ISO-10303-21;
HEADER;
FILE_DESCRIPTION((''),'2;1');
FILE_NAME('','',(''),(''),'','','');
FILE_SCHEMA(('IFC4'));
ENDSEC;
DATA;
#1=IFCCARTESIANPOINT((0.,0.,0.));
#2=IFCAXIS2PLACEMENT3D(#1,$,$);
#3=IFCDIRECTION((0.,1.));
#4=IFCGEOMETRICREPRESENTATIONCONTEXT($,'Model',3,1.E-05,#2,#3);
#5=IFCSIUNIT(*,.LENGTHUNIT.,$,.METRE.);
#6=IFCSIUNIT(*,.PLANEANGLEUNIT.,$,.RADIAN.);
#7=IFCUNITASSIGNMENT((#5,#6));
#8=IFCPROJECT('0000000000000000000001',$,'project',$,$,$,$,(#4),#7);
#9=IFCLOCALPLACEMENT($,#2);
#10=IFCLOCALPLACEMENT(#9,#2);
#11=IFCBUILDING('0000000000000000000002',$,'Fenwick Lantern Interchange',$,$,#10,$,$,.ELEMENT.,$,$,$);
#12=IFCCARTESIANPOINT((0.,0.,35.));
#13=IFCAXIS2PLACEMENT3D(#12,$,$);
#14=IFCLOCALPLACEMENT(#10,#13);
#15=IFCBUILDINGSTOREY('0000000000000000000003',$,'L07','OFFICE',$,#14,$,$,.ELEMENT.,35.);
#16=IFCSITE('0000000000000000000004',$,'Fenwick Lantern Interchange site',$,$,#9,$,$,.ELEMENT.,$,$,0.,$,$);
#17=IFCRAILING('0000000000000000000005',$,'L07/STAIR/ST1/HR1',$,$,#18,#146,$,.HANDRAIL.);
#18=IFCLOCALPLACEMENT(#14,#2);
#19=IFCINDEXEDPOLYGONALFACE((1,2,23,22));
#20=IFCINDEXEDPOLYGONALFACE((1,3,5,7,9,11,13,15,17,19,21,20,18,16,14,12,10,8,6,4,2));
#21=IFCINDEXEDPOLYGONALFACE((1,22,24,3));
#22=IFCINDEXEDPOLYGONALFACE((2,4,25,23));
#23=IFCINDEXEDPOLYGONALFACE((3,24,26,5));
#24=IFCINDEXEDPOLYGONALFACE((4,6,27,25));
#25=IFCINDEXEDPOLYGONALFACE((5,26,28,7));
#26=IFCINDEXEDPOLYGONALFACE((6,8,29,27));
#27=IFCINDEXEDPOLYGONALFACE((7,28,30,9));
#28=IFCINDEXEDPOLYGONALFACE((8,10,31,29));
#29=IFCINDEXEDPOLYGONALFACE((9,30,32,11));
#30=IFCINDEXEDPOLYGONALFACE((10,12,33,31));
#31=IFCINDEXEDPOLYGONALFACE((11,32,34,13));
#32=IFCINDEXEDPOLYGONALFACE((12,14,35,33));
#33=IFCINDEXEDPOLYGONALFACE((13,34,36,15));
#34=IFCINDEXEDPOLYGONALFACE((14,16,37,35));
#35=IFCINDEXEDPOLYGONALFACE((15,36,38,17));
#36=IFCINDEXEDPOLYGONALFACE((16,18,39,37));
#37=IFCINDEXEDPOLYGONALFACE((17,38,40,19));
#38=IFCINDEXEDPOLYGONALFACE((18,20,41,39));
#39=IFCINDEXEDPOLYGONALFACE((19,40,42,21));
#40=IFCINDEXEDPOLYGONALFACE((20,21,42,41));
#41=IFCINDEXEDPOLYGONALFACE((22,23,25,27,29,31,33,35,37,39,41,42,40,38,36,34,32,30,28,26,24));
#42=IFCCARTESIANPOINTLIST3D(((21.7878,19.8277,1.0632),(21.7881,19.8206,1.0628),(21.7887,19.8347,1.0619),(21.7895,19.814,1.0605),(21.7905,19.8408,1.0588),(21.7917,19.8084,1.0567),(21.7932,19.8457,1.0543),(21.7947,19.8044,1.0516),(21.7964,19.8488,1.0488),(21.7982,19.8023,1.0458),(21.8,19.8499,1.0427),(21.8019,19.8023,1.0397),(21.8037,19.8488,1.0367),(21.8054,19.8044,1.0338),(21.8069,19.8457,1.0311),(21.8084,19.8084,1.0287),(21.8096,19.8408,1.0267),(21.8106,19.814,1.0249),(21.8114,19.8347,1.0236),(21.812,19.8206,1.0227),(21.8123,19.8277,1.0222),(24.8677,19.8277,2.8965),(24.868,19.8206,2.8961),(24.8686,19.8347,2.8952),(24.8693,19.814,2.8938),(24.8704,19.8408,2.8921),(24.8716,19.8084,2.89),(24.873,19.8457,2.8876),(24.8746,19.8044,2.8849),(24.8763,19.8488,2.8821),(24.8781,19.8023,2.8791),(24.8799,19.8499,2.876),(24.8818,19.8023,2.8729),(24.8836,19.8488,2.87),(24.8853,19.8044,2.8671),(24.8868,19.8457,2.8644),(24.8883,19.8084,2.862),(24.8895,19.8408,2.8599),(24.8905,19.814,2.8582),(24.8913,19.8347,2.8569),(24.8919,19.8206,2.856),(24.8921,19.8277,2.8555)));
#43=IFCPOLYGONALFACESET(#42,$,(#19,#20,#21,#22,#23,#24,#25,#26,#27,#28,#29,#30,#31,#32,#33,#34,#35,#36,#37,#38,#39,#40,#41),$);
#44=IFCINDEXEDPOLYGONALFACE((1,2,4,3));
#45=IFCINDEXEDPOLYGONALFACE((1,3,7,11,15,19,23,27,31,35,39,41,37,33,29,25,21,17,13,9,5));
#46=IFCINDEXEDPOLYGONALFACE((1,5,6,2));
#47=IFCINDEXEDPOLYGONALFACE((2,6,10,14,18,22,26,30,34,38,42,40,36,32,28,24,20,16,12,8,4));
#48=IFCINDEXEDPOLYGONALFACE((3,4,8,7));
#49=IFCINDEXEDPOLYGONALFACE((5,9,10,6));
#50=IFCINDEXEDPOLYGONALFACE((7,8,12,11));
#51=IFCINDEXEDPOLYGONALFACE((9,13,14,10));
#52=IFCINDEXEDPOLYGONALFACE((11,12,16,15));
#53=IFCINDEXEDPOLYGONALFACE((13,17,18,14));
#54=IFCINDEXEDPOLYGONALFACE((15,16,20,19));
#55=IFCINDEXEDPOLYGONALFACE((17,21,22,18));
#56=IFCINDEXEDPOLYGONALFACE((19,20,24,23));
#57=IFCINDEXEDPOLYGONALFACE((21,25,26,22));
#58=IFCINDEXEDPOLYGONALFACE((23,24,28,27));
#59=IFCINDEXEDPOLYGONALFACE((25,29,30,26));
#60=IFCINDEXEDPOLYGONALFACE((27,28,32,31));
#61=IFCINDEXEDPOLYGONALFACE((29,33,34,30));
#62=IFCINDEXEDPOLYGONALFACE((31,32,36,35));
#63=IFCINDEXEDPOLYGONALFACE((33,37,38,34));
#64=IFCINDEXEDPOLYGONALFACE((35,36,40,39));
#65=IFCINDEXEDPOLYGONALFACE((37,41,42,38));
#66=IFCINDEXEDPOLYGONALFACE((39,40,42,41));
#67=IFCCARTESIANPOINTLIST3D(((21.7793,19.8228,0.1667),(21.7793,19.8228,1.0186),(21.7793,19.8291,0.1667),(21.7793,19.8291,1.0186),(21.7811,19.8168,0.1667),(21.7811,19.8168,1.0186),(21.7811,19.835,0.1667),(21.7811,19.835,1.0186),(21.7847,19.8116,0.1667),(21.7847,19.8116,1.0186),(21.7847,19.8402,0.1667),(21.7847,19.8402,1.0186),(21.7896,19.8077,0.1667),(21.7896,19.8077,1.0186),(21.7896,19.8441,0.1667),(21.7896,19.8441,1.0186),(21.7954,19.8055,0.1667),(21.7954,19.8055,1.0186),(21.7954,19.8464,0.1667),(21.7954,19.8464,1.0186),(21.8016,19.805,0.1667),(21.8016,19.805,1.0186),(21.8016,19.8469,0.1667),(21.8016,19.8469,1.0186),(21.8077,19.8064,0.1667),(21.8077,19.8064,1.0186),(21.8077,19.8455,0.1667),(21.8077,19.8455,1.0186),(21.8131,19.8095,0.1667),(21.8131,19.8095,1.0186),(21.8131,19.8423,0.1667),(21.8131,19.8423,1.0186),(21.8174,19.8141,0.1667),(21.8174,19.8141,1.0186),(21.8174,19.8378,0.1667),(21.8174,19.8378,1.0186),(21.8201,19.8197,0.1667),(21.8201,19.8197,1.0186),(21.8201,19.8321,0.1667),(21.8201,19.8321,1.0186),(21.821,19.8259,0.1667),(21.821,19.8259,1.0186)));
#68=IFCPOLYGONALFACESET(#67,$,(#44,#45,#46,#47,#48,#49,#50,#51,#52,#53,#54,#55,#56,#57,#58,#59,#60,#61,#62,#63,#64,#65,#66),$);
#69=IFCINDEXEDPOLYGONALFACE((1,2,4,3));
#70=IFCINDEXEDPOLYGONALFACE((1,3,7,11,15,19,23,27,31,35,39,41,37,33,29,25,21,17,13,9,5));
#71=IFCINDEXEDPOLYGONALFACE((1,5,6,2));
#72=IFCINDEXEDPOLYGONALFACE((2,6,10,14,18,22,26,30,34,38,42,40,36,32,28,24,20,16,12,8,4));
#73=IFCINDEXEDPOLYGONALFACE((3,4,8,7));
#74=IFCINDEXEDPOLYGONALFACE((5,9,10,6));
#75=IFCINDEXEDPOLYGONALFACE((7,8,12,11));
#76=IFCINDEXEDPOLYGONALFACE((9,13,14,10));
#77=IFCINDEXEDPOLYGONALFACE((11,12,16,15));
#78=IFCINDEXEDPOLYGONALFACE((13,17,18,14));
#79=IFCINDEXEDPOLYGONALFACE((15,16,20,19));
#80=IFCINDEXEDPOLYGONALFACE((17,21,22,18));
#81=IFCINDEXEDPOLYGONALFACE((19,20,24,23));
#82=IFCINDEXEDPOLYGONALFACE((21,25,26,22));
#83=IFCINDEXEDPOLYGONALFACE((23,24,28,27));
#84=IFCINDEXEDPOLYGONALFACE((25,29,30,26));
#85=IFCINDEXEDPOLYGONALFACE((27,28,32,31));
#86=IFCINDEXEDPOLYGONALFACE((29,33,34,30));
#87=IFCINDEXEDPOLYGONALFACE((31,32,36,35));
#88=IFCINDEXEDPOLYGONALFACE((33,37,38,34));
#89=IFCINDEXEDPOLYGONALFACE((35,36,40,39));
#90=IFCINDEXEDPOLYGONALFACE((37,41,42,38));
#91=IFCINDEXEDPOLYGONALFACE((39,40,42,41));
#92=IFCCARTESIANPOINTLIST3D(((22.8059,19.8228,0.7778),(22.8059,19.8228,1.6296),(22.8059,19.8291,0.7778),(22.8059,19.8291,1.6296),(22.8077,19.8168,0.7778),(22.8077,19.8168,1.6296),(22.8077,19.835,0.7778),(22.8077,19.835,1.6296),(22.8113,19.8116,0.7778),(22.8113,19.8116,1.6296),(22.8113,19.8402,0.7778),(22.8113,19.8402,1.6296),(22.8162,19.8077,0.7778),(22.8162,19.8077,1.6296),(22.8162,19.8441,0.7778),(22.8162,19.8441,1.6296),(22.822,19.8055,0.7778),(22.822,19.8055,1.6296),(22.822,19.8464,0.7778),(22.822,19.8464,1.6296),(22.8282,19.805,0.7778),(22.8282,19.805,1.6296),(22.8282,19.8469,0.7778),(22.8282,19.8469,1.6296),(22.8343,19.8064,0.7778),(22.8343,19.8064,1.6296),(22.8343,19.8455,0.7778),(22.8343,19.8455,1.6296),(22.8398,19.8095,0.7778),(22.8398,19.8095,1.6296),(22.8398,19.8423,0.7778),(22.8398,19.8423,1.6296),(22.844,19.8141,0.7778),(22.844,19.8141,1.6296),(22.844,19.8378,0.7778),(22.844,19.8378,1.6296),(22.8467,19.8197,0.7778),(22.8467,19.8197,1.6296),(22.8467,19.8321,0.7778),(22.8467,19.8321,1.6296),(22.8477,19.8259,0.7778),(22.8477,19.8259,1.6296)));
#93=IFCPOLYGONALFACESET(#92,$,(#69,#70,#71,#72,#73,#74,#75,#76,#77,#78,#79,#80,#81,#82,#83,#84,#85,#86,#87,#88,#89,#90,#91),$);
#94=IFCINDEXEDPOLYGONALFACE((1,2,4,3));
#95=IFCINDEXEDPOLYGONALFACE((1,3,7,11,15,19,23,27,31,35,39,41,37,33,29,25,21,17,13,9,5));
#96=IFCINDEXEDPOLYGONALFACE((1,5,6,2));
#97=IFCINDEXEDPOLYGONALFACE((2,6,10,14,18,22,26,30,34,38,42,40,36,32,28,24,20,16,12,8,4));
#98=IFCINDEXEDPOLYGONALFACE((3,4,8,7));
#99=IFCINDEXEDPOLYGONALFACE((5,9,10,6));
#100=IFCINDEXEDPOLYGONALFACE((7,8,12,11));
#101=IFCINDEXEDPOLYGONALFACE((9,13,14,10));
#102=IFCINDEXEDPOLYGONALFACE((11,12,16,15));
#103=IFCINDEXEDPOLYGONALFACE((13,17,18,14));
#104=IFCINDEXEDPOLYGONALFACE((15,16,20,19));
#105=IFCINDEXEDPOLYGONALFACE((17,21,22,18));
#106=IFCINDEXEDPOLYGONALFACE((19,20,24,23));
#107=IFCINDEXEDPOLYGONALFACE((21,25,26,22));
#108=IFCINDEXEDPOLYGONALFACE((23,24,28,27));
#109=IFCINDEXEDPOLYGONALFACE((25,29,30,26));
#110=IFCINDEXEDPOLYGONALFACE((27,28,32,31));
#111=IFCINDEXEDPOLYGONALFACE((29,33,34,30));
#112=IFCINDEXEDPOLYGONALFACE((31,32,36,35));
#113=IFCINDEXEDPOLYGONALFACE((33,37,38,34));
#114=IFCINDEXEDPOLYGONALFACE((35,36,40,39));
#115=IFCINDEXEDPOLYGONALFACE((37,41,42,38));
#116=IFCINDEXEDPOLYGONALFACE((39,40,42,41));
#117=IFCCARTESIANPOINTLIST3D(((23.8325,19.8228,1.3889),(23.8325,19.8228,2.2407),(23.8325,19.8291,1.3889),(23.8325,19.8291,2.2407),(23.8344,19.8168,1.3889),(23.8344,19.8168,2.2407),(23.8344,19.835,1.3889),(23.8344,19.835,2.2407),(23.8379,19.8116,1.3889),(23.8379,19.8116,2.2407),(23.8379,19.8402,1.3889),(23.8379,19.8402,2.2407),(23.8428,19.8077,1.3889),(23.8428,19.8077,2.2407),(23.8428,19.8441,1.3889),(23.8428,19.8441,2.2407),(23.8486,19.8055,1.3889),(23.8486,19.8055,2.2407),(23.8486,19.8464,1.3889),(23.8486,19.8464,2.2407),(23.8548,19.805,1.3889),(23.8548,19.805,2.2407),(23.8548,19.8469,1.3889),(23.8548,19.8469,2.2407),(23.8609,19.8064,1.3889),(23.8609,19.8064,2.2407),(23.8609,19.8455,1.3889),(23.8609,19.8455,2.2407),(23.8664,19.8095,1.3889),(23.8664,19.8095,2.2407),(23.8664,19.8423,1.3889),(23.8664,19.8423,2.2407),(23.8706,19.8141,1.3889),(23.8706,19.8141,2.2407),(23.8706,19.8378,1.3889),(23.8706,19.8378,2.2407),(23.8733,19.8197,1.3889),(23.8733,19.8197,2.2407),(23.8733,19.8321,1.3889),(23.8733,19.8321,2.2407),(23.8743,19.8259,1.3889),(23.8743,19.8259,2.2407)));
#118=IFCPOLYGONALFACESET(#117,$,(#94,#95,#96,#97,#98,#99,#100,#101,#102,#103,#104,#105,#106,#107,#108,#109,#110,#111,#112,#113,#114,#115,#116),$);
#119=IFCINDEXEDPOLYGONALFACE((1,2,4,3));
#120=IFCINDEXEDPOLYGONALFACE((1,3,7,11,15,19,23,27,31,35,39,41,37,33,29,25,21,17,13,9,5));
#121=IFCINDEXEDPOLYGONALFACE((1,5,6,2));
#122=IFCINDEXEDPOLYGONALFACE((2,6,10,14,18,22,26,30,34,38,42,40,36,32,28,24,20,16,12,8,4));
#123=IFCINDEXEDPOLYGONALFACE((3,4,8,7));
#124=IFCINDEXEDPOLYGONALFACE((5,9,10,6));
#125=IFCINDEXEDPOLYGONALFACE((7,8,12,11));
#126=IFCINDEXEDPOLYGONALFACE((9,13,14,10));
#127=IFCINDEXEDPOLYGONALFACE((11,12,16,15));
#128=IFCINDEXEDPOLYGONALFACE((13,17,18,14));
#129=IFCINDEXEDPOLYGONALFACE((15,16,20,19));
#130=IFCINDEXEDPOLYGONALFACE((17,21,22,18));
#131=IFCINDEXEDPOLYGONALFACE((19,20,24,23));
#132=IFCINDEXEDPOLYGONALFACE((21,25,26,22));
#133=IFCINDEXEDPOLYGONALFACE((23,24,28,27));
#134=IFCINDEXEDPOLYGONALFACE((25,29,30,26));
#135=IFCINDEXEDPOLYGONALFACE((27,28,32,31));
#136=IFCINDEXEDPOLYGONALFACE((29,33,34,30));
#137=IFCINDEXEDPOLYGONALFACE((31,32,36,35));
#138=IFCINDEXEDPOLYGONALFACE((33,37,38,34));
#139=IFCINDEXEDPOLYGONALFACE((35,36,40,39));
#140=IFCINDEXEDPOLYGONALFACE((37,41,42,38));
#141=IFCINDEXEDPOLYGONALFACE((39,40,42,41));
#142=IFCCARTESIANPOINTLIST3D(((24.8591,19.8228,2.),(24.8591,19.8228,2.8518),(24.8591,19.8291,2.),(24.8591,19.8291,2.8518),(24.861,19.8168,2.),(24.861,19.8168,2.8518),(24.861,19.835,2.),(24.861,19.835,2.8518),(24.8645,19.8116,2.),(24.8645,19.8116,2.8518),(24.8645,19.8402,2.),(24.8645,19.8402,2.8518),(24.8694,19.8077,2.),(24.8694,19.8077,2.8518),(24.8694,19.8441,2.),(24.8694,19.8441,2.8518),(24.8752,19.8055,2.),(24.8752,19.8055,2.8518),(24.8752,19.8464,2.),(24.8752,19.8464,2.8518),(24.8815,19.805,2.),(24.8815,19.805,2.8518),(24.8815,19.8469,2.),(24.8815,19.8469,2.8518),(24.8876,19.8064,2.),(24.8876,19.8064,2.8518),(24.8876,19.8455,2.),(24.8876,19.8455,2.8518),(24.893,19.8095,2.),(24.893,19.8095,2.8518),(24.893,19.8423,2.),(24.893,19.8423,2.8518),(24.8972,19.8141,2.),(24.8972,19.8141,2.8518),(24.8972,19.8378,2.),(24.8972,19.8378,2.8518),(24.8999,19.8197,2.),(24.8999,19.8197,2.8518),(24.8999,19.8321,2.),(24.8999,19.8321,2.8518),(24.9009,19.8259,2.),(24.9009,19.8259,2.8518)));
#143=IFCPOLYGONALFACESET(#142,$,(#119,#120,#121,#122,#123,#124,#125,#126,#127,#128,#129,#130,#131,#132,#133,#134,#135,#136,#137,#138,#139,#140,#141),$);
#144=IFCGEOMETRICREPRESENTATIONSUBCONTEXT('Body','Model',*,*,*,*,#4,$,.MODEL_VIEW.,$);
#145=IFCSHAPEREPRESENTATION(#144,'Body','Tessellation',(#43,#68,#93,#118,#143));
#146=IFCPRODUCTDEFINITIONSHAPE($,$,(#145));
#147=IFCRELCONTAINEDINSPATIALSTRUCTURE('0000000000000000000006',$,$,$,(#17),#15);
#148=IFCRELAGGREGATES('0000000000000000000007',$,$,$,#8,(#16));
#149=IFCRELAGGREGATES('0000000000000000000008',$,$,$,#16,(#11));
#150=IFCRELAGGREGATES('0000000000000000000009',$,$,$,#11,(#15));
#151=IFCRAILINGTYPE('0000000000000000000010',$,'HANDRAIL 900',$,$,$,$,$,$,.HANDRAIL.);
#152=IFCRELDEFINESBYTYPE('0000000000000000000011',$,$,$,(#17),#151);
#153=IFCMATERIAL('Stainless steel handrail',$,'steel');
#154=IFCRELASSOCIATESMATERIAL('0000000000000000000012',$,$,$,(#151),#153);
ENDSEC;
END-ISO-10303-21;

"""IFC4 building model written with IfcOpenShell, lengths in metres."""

from ifc_helpers import new_model, si_unit, direction, frame, origin, origin_2d, place, context, subcontext, project, spatial, circle, extrude, material, type_object, element, save


model = new_model("IFC4")

# Units and contexts
model_context = context("Model", 3, precision=1e-05, world=origin(), true_north=direction((0.0, 1.0)))
body_context = subcontext(model_context, "Body", "Model", "MODEL_VIEW")
ifc_project = project(units=[si_unit("LENGTHUNIT", "METRE"), si_unit("PLANEANGLEUNIT", "RADIAN")], contexts=[model_context])

# Site, building, storey
site_placement = place(None, origin())
site = spatial("IfcSite", under=ifc_project, at=site_placement, Name="Fenwick Lantern Interchange site", CompositionType="ELEMENT", RefElevation=0.0)
building_placement = place(site_placement, origin())
building = spatial("IfcBuilding", under=site, at=building_placement, Name="Fenwick Lantern Interchange", CompositionType="ELEMENT")
storey_placement = place(building_placement, frame((0.0, 0.0, 35.0)))
storey = spatial("IfcBuildingStorey", under=building, at=storey_placement, Name="L07", Description="OFFICE", CompositionType="ELEMENT", Elevation=35.0)

# Railing
ifc_material_1 = material(Name="Stainless steel handrail", Category="steel")
railing_type = type_object("IfcRailingType", Name="HANDRAIL 900", PredefinedType="HANDRAIL", material=ifc_material_1)
railing_1_placement = place(storey_placement, frame((21.8, 19.8259, 0.1667)))
element("IfcRailing", 1, at=railing_1_placement, inside=storey, type_object=railing_type, Name="L07/STAIR/ST1/HR1", PredefinedType="HANDRAIL", context=body_context, shape_type="SweptSolid", body=[
    extrude(circle(Radius=0.0239, at=origin_2d()), frame((0.0, 0.0, 0.876), z_axis=(0.859291, 0.0, 0.511487), x_axis=(0.0, 1.0, 0.0)), (0.0, 0.0, 1.0), 3.5842),
    extrude(circle(Radius=0.021, at=origin_2d()), origin(), (0.0, 0.0, 1.0), 0.8518),
    extrude(circle(Radius=0.021, at=origin_2d()), frame((1.0266, 0.0, 0.6111)), (0.0, 0.0, 1.0), 0.8518),
    extrude(circle(Radius=0.021, at=origin_2d()), frame((2.0532, 0.0, 1.2222)), (0.0, 0.0, 1.0), 0.8518),
    extrude(circle(Radius=0.021, at=origin_2d()), frame((3.0798, 0.0, 1.8333)), (0.0, 0.0, 1.0), 0.8518),
])

save(model, "model.ifc")
